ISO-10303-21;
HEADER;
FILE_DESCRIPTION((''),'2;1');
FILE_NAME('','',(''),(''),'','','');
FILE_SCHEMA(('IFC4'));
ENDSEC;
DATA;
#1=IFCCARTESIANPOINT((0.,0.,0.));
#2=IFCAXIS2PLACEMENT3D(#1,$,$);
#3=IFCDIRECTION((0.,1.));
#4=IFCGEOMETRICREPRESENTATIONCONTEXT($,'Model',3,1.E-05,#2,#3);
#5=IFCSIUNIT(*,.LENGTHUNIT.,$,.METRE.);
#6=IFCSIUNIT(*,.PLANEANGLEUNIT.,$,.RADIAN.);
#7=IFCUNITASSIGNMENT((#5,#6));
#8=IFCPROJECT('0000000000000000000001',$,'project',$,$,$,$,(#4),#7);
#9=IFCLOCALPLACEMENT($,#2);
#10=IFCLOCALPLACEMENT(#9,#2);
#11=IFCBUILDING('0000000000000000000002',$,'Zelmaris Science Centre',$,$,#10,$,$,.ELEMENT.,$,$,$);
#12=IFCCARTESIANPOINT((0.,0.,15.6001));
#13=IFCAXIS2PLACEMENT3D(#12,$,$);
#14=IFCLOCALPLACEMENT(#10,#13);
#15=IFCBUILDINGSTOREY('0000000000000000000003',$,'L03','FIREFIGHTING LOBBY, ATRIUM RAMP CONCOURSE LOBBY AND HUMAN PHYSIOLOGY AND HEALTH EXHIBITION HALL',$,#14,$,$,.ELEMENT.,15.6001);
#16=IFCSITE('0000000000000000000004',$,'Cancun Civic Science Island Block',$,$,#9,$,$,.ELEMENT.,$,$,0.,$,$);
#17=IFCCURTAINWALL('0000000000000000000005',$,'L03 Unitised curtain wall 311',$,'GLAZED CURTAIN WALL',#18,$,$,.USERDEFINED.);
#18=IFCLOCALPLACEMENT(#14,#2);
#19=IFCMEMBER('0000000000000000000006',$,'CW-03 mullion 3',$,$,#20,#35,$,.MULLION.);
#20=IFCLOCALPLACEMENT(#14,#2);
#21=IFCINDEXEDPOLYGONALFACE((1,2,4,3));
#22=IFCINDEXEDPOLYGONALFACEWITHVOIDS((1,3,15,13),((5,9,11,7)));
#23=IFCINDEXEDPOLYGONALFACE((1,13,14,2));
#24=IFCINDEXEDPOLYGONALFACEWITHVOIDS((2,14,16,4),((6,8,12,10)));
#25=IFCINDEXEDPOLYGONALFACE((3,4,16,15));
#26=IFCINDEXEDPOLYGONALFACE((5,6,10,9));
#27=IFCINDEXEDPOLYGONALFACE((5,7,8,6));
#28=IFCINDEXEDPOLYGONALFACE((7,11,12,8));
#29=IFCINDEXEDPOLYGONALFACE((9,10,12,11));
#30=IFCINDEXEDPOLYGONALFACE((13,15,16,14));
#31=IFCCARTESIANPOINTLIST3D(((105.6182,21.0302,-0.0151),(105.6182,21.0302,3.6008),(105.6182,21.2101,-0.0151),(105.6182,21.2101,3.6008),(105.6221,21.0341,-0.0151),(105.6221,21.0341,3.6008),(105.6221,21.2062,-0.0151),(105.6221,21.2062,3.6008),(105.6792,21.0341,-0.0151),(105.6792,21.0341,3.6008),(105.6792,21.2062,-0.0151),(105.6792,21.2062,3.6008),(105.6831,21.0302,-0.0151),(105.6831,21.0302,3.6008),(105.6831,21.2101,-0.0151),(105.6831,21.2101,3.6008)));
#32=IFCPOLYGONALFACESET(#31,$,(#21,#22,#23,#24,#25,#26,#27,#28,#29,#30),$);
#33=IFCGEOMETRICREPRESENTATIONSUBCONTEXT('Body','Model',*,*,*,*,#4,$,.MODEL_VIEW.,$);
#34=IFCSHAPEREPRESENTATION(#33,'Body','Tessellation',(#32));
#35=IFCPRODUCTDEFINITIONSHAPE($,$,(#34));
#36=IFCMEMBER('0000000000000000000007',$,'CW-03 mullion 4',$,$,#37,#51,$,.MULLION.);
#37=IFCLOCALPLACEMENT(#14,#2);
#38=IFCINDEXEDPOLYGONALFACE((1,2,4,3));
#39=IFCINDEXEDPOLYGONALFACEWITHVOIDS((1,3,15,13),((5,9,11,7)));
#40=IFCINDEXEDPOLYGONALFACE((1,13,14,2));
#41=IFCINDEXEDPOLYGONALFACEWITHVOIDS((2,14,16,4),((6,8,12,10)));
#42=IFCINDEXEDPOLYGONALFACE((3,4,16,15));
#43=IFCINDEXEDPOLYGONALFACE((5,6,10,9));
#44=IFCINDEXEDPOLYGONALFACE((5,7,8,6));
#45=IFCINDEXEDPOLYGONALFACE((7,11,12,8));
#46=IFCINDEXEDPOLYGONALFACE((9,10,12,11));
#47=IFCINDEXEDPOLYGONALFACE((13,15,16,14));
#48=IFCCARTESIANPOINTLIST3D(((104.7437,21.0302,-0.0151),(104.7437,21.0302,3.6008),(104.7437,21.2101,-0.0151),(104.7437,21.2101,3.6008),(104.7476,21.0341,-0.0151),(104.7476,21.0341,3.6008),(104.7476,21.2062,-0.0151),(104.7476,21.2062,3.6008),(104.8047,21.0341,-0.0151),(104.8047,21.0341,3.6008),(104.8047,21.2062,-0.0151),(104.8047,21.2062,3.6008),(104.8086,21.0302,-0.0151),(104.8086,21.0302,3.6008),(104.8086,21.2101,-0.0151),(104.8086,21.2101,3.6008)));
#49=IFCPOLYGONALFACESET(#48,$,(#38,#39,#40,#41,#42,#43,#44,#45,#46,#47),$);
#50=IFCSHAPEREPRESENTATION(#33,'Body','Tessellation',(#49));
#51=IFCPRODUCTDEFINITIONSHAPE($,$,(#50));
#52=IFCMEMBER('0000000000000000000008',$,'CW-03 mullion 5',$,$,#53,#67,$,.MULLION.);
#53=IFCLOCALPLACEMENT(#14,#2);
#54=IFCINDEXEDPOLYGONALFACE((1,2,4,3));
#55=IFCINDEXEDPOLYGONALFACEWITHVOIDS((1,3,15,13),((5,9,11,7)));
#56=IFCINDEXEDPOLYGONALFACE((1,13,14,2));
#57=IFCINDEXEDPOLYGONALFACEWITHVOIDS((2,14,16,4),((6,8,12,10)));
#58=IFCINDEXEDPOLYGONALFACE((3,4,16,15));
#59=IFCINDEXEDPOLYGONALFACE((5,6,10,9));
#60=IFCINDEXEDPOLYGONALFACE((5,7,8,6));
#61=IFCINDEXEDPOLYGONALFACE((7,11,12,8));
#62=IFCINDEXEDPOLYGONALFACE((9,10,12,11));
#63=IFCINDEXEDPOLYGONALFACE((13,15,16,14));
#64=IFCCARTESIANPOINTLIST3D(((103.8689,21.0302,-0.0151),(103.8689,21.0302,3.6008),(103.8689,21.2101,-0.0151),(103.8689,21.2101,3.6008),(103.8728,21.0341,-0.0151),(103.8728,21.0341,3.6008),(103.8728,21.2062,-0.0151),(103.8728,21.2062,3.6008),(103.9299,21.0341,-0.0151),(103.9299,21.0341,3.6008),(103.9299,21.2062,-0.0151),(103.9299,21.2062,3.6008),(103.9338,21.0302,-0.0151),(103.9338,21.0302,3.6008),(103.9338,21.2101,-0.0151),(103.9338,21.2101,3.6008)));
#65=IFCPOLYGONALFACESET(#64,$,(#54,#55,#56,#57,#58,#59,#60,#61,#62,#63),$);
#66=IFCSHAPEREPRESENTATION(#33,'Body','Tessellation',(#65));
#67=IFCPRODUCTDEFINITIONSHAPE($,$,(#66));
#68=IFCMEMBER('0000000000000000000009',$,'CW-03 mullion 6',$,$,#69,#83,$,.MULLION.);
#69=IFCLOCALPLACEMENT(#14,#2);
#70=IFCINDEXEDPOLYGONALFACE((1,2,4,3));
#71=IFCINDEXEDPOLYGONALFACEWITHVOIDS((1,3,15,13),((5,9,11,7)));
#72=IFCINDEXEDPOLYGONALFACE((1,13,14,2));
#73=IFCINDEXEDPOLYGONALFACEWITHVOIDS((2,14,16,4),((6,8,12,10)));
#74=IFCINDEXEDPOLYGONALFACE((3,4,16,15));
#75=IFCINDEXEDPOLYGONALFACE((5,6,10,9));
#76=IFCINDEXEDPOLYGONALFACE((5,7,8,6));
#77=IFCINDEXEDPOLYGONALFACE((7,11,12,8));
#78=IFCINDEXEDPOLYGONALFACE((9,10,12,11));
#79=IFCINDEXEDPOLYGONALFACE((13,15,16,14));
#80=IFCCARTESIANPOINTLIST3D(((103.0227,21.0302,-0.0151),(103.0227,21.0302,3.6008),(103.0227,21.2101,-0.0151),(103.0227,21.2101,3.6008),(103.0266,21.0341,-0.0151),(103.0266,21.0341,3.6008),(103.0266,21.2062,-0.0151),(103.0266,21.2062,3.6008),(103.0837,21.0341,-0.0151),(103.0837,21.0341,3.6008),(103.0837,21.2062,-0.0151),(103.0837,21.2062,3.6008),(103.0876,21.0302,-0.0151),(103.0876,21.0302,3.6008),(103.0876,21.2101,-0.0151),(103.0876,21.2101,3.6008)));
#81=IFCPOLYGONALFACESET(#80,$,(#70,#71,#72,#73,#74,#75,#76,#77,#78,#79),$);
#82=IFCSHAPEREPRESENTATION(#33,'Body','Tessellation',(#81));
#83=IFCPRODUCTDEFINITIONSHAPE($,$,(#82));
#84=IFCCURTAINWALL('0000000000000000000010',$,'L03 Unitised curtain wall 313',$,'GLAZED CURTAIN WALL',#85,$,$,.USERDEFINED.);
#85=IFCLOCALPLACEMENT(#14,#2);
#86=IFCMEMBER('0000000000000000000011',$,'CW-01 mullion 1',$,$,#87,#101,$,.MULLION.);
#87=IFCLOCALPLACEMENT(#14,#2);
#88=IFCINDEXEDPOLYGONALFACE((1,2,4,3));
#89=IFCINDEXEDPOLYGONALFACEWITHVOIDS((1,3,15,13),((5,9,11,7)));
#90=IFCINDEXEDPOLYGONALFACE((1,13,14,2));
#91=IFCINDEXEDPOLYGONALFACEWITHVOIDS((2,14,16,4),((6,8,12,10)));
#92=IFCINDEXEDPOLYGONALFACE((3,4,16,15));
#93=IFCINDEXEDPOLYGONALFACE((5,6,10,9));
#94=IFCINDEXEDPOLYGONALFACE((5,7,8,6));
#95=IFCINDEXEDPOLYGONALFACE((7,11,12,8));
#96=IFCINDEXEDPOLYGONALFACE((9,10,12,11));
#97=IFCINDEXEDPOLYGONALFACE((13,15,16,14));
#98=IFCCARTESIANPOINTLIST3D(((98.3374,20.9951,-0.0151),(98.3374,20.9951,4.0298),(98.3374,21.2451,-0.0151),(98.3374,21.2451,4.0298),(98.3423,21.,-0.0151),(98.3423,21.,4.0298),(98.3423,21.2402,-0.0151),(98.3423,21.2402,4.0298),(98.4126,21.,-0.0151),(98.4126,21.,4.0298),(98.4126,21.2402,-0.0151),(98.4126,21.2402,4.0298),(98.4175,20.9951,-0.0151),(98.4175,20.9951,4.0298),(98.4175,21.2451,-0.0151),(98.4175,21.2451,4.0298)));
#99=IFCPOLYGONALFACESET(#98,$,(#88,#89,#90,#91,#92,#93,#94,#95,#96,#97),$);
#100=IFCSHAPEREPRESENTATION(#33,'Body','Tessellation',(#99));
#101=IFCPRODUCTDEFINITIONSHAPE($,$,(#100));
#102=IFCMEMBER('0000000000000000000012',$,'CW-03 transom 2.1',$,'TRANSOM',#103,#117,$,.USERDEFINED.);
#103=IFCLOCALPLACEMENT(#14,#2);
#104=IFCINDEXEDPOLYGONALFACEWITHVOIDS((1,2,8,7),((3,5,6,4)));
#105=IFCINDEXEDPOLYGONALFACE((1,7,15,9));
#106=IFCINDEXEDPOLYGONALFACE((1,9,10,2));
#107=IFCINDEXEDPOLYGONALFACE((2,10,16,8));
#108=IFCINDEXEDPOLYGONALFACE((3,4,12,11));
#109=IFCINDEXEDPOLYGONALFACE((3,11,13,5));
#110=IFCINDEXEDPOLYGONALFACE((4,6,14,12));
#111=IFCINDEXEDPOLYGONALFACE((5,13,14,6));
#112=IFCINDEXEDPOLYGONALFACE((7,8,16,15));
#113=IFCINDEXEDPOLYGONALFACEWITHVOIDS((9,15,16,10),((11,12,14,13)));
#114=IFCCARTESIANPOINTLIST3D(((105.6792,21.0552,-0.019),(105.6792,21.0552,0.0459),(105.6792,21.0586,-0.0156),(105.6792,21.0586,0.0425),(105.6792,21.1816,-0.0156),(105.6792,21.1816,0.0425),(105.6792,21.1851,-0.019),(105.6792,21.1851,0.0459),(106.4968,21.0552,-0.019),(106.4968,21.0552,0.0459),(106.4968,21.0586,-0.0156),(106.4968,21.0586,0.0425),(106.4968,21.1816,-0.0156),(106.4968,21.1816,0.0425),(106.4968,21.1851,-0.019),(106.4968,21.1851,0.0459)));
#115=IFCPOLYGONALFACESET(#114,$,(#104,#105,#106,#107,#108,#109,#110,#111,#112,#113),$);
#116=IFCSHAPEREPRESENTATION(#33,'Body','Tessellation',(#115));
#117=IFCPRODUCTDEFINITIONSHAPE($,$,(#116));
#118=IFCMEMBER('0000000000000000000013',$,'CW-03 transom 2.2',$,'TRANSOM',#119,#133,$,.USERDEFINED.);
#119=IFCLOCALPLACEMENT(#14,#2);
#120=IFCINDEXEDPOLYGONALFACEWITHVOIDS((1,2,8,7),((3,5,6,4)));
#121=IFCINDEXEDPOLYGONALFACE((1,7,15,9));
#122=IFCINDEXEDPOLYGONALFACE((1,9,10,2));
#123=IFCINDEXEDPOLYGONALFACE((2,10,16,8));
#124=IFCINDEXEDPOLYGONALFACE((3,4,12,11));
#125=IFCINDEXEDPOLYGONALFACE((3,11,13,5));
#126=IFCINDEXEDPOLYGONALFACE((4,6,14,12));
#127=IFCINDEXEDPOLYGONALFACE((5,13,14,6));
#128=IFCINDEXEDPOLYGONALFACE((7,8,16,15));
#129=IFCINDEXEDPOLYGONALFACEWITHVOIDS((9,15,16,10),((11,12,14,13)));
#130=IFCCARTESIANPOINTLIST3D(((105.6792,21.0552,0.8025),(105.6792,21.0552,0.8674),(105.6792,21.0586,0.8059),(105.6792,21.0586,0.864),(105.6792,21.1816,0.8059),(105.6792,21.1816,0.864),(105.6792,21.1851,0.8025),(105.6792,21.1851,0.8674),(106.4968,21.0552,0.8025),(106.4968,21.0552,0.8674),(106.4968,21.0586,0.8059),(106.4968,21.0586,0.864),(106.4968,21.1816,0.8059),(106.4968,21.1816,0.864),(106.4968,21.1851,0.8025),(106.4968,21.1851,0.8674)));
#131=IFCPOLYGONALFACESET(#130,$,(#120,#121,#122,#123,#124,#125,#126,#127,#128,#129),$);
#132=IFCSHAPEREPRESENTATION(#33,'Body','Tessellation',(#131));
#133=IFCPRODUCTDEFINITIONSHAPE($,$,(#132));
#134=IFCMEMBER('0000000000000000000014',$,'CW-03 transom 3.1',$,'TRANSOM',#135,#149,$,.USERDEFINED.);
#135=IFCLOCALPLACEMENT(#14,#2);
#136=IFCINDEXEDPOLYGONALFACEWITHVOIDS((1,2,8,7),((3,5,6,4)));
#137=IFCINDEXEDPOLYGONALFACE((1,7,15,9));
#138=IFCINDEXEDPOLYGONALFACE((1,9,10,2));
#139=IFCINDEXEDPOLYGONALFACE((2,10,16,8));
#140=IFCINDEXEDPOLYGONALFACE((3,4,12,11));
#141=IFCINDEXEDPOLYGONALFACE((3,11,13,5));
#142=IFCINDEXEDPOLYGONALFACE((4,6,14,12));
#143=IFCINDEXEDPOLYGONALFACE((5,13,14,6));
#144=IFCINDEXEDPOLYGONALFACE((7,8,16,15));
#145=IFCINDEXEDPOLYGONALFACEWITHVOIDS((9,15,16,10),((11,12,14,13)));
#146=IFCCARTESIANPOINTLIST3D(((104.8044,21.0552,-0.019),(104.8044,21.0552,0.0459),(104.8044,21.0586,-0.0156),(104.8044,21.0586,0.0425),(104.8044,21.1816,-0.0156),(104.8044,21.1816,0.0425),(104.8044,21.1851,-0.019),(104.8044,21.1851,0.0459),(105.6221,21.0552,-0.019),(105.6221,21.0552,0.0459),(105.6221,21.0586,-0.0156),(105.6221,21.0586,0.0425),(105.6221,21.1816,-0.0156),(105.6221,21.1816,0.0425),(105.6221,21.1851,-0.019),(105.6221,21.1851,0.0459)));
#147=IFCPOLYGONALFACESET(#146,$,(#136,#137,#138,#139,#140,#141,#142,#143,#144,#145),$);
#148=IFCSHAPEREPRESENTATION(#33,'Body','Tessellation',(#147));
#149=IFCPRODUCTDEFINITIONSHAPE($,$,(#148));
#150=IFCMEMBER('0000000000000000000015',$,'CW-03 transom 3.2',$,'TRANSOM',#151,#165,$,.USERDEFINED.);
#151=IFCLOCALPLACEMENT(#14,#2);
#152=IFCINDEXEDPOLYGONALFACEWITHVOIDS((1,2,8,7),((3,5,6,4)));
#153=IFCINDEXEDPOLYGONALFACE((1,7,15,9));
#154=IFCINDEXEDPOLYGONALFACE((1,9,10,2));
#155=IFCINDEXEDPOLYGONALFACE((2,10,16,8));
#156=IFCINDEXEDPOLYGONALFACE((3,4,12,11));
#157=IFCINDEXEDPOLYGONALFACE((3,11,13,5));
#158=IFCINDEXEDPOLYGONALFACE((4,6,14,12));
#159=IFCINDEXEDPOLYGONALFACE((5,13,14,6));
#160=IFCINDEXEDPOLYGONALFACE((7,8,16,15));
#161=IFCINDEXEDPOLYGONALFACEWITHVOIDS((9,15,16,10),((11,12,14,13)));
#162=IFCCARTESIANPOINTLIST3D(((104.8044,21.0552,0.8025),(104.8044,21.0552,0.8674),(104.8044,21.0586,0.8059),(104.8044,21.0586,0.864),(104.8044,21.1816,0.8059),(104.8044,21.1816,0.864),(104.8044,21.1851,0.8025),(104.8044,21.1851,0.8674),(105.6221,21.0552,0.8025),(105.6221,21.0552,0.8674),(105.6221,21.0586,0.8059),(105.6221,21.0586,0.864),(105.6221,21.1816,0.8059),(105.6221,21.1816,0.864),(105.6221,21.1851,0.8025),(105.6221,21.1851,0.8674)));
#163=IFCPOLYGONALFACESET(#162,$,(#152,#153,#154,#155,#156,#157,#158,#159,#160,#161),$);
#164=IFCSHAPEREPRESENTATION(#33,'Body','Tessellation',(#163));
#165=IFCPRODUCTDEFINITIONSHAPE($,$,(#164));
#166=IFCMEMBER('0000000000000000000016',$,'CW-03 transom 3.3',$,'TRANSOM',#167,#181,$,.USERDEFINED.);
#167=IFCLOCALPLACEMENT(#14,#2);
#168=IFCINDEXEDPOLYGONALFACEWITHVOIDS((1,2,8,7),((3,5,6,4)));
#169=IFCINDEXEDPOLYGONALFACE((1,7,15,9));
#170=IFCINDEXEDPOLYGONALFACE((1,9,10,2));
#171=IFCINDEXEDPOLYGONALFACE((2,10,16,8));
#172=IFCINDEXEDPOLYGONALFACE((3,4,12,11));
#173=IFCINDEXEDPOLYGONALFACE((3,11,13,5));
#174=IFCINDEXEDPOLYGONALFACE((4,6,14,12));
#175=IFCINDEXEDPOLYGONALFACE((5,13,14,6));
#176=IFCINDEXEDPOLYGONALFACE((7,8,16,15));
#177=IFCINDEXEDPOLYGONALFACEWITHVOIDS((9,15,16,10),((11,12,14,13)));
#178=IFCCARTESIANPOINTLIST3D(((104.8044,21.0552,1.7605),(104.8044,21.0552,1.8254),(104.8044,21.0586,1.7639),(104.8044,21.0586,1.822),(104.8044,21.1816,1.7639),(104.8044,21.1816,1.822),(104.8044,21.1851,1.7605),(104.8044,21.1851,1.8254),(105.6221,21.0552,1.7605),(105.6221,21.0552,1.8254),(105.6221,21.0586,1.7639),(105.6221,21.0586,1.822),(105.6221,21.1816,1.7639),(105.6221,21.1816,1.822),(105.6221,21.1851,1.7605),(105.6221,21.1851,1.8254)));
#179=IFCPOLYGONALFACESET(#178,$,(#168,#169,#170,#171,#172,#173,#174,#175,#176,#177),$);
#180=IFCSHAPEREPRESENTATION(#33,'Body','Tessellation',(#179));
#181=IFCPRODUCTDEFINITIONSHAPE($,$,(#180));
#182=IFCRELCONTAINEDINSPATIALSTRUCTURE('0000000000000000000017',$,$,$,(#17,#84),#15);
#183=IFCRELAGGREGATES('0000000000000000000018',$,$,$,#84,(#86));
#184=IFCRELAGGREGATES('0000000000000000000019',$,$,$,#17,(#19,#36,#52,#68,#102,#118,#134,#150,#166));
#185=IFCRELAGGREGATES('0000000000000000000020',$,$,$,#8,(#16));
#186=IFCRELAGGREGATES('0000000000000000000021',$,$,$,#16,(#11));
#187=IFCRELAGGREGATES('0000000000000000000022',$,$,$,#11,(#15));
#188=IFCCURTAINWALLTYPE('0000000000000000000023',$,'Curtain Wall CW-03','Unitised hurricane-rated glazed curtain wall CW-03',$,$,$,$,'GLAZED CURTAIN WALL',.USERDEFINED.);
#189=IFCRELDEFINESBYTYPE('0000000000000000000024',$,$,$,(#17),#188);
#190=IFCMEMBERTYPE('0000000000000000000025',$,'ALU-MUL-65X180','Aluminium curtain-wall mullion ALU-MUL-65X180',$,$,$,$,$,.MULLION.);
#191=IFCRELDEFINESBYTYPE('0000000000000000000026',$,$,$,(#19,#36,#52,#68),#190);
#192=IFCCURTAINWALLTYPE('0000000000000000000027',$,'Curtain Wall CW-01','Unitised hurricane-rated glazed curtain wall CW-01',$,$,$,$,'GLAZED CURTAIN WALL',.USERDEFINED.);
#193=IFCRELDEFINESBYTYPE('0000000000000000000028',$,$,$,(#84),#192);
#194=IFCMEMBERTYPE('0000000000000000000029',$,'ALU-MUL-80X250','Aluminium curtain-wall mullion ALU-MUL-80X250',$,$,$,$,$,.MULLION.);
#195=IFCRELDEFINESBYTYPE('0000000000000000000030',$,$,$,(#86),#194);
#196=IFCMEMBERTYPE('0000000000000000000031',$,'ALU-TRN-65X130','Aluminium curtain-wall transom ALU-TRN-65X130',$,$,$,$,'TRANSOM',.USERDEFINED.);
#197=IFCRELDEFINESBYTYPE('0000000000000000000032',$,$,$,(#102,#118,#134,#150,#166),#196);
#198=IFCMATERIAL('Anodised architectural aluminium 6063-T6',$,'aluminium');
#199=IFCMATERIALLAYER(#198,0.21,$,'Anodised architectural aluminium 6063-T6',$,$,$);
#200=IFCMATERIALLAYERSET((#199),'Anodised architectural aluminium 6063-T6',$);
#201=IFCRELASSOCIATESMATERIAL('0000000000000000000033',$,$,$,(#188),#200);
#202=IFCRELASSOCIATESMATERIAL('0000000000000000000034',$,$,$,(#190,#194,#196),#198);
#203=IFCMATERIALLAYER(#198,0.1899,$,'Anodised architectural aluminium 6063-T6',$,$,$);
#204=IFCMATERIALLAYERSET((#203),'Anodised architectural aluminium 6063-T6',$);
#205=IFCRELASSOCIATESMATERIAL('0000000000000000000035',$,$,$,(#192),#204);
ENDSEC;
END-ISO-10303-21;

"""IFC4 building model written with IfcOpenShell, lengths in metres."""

from ifc_helpers import new_model, si_unit, direction, frame, origin, origin_2d, place, context, subcontext, project, spatial, hollow_rectangle, extrude, material, layer, layer_set, material_profile, profile_set, type_object, element, aggregate, save


model = new_model("IFC4")

# Units and contexts
model_context = context("Model", 3, precision=1e-05, world=origin(), true_north=direction((0.0, 1.0)))
body_context = subcontext(model_context, "Body", "Model", "MODEL_VIEW")
ifc_project = project(units=[si_unit("LENGTHUNIT", "METRE"), si_unit("PLANEANGLEUNIT", "RADIAN")], contexts=[model_context])

# Site, building, storey
site_placement = place(None, origin())
site = spatial("IfcSite", under=ifc_project, at=site_placement, Name="Cancun Civic Science Island Block", CompositionType="ELEMENT", RefElevation=0.0)
building_placement = place(site_placement, origin())
building = spatial("IfcBuilding", under=site, at=building_placement, Name="Zelmaris Science Centre", CompositionType="ELEMENT")
storey_placement = place(building_placement, frame((0.0, 0.0, 15.6001)))
storey = spatial("IfcBuildingStorey", under=building, at=storey_placement, Name="L03", Description="FIREFIGHTING LOBBY, ATRIUM RAMP CONCOURSE LOBBY AND HUMAN PHYSIOLOGY AND HEALTH EXHIBITION HALL", CompositionType="ELEMENT", Elevation=15.6001)

# Curtain wall, members
ifc_material_1 = material(Name="Anodised architectural aluminium 6063-T6", Category="aluminium")
ifc_layer_1 = layer(ifc_material_1, 0.21, Name="Anodised architectural aluminium 6063-T6")
ifc_layer_set_1 = layer_set([ifc_layer_1], Name="Anodised architectural aluminium 6063-T6")
curtain_wall_type_1 = type_object("IfcCurtainWallType", Name="Curtain Wall CW-03", Description="Unitised hurricane-rated glazed curtain wall CW-03", ElementType="GLAZED CURTAIN WALL", PredefinedType="USERDEFINED", material=ifc_layer_set_1)
curtain_wall_1_placement = place(storey_placement, origin())
curtain_wall_1 = element("IfcCurtainWall", 1, at=curtain_wall_1_placement, inside=storey, type_object=curtain_wall_type_1, Name="L03 Unitised curtain wall 311", ObjectType="GLAZED CURTAIN WALL", PredefinedType="USERDEFINED")
ifc_material_profile_1 = material_profile(ifc_material_1, hollow_rectangle(XDim=0.0649, YDim=0.1799, WallThickness=0.0039, at=origin_2d()), Name="ALU-MUL-65X180")
ifc_profile_set_1 = profile_set([ifc_material_profile_1], Name="Anodised architectural aluminium 6063-T6")
member_type_1 = type_object("IfcMemberType", Name="ALU-MUL-65X180", Description="Aluminium curtain-wall mullion ALU-MUL-65X180", PredefinedType="MULLION", material=ifc_profile_set_1)
member_1_placement = place(storey_placement, frame((105.6506, 21.1201, -0.0151), z_axis=(0.0, 0.0, 1.0), x_axis=(-1.0, 0.000005, 0.0)))
member_1 = element("IfcMember", 2, at=member_1_placement, type_object=member_type_1, Name="CW-03 mullion 3", PredefinedType="MULLION", context=body_context, shape_type="SweptSolid", body=[
    extrude(hollow_rectangle(XDim=0.0649, YDim=0.1799, WallThickness=0.0039, at=origin_2d()), origin(), (0.0, 0.0, 1.0), 3.616),
])
member_2_placement = place(storey_placement, frame((104.7761, 21.1201, -0.0151), z_axis=(0.0, 0.0, 1.0), x_axis=(-1.0, 0.000005, 0.0)))
member_2 = element("IfcMember", 3, at=member_2_placement, type_object=member_type_1, Name="CW-03 mullion 4", PredefinedType="MULLION", context=body_context, shape_type="SweptSolid", body=[
    extrude(hollow_rectangle(XDim=0.0649, YDim=0.1799, WallThickness=0.0039, at=origin_2d()), origin(), (0.0, 0.0, 1.0), 3.616),
])
member_3_placement = place(storey_placement, frame((103.9014, 21.1201, -0.0151), z_axis=(0.0, 0.0, 1.0), x_axis=(-1.0, 0.000005, 0.0)))
member_3 = element("IfcMember", 4, at=member_3_placement, type_object=member_type_1, Name="CW-03 mullion 5", PredefinedType="MULLION", context=body_context, shape_type="SweptSolid", body=[
    extrude(hollow_rectangle(XDim=0.0649, YDim=0.1799, WallThickness=0.0039, at=origin_2d()), origin(), (0.0, 0.0, 1.0), 3.616),
])
member_4_placement = place(storey_placement, frame((103.0552, 21.1201, -0.0151), z_axis=(0.0, 0.0, 1.0), x_axis=(-1.0, 0.000005, 0.0)))
member_4 = element("IfcMember", 5, at=member_4_placement, type_object=member_type_1, Name="CW-03 mullion 6", PredefinedType="MULLION", context=body_context, shape_type="SweptSolid", body=[
    extrude(hollow_rectangle(XDim=0.0649, YDim=0.1799, WallThickness=0.0039, at=origin_2d()), origin(), (0.0, 0.0, 1.0), 3.616),
])

# Curtain wall, member
ifc_layer_2 = layer(ifc_material_1, 0.1899, Name="Anodised architectural aluminium 6063-T6")
ifc_layer_set_2 = layer_set([ifc_layer_2], Name="Anodised architectural aluminium 6063-T6")
curtain_wall_type_2 = type_object("IfcCurtainWallType", Name="Curtain Wall CW-01", Description="Unitised hurricane-rated glazed curtain wall CW-01", ElementType="GLAZED CURTAIN WALL", PredefinedType="USERDEFINED", material=ifc_layer_set_2)
curtain_wall_2_placement = place(storey_placement, origin())
curtain_wall_2 = element("IfcCurtainWall", 6, at=curtain_wall_2_placement, inside=storey, type_object=curtain_wall_type_2, Name="L03 Unitised curtain wall 313", ObjectType="GLAZED CURTAIN WALL", PredefinedType="USERDEFINED")
ifc_material_profile_2 = material_profile(ifc_material_1, hollow_rectangle(XDim=0.0801, YDim=0.25, WallThickness=0.0049, at=origin_2d()), Name="ALU-MUL-80X250")
ifc_profile_set_2 = profile_set([ifc_material_profile_2], Name="Anodised architectural aluminium 6063-T6")
member_type_2 = type_object("IfcMemberType", Name="ALU-MUL-80X250", Description="Aluminium curtain-wall mullion ALU-MUL-80X250", PredefinedType="MULLION", material=ifc_profile_set_2)
member_5_placement = place(storey_placement, frame((98.3774, 21.1201, -0.0151), z_axis=(0.0, 0.0, 1.0), x_axis=(-1.0, 0.000005, 0.0)))
member_5 = element("IfcMember", 7, at=member_5_placement, type_object=member_type_2, Name="CW-01 mullion 1", PredefinedType="MULLION", context=body_context, shape_type="SweptSolid", body=[
    extrude(hollow_rectangle(XDim=0.0801, YDim=0.25, WallThickness=0.0049, at=origin_2d()), origin(), (0.0, 0.0, 1.0), 4.0449),
])

# Members
ifc_material_profile_3 = material_profile(ifc_material_1, hollow_rectangle(XDim=0.0649, YDim=0.1299, WallThickness=0.0034, at=origin_2d()), Name="ALU-TRN-65X130")
ifc_profile_set_3 = profile_set([ifc_material_profile_3], Name="Anodised architectural aluminium 6063-T6")
member_type_3 = type_object("IfcMemberType", Name="ALU-TRN-65X130", Description="Aluminium curtain-wall transom ALU-TRN-65X130", ElementType="TRANSOM", PredefinedType="USERDEFINED", material=ifc_profile_set_3)
member_6_placement = place(storey_placement, frame((106.4968, 21.1201, 0.0134), z_axis=(-1.0, 0.0, 0.0), x_axis=(0.0, 0.0, 1.0)))
member_6 = element("IfcMember", 8, at=member_6_placement, type_object=member_type_3, Name="CW-03 transom 2.1", ObjectType="TRANSOM", PredefinedType="USERDEFINED", context=body_context, shape_type="SweptSolid", body=[
    extrude(hollow_rectangle(XDim=0.0649, YDim=0.1299, WallThickness=0.0034, at=origin_2d()), origin(), (0.0, 0.0, 1.0), 0.8176),
])
member_7_placement = place(storey_placement, frame((106.4968, 21.1201, 0.835), z_axis=(-1.0, 0.0, 0.0), x_axis=(0.0, 0.0, 1.0)))
member_7 = element("IfcMember", 9, at=member_7_placement, type_object=member_type_3, Name="CW-03 transom 2.2", ObjectType="TRANSOM", PredefinedType="USERDEFINED", context=body_context, shape_type="SweptSolid", body=[
    extrude(hollow_rectangle(XDim=0.0649, YDim=0.1299, WallThickness=0.0034, at=origin_2d()), origin(), (0.0, 0.0, 1.0), 0.8176),
])
member_8_placement = place(storey_placement, frame((105.6221, 21.1201, 0.0134), z_axis=(-1.0, 0.0, 0.0), x_axis=(0.0, 0.0, 1.0)))
member_8 = element("IfcMember", 10, at=member_8_placement, type_object=member_type_3, Name="CW-03 transom 3.1", ObjectType="TRANSOM", PredefinedType="USERDEFINED", context=body_context, shape_type="SweptSolid", body=[
    extrude(hollow_rectangle(XDim=0.0649, YDim=0.1299, WallThickness=0.0034, at=origin_2d()), origin(), (0.0, 0.0, 1.0), 0.8176),
])
member_9_placement = place(storey_placement, frame((105.6221, 21.1201, 0.835), z_axis=(-1.0, 0.0, 0.0), x_axis=(0.0, 0.0, 1.0)))
member_9 = element("IfcMember", 11, at=member_9_placement, type_object=member_type_3, Name="CW-03 transom 3.2", ObjectType="TRANSOM", PredefinedType="USERDEFINED", context=body_context, shape_type="SweptSolid", body=[
    extrude(hollow_rectangle(XDim=0.0649, YDim=0.1299, WallThickness=0.0034, at=origin_2d()), origin(), (0.0, 0.0, 1.0), 0.8176),
])
member_10_placement = place(storey_placement, frame((105.6221, 21.1201, 1.793), z_axis=(-1.0, 0.0, 0.0), x_axis=(0.0, 0.0, 1.0)))
member_10 = element("IfcMember", 12, at=member_10_placement, type_object=member_type_3, Name="CW-03 transom 3.3", ObjectType="TRANSOM", PredefinedType="USERDEFINED", context=body_context, shape_type="SweptSolid", body=[
    extrude(hollow_rectangle(XDim=0.0649, YDim=0.1299, WallThickness=0.0034, at=origin_2d()), origin(), (0.0, 0.0, 1.0), 0.8176),
])
aggregate(curtain_wall_2, [member_5])

aggregate(curtain_wall_1, [member_1, member_2, member_3, member_4, member_6, member_7, member_8, member_9, member_10])

save(model, "model.ifc")
